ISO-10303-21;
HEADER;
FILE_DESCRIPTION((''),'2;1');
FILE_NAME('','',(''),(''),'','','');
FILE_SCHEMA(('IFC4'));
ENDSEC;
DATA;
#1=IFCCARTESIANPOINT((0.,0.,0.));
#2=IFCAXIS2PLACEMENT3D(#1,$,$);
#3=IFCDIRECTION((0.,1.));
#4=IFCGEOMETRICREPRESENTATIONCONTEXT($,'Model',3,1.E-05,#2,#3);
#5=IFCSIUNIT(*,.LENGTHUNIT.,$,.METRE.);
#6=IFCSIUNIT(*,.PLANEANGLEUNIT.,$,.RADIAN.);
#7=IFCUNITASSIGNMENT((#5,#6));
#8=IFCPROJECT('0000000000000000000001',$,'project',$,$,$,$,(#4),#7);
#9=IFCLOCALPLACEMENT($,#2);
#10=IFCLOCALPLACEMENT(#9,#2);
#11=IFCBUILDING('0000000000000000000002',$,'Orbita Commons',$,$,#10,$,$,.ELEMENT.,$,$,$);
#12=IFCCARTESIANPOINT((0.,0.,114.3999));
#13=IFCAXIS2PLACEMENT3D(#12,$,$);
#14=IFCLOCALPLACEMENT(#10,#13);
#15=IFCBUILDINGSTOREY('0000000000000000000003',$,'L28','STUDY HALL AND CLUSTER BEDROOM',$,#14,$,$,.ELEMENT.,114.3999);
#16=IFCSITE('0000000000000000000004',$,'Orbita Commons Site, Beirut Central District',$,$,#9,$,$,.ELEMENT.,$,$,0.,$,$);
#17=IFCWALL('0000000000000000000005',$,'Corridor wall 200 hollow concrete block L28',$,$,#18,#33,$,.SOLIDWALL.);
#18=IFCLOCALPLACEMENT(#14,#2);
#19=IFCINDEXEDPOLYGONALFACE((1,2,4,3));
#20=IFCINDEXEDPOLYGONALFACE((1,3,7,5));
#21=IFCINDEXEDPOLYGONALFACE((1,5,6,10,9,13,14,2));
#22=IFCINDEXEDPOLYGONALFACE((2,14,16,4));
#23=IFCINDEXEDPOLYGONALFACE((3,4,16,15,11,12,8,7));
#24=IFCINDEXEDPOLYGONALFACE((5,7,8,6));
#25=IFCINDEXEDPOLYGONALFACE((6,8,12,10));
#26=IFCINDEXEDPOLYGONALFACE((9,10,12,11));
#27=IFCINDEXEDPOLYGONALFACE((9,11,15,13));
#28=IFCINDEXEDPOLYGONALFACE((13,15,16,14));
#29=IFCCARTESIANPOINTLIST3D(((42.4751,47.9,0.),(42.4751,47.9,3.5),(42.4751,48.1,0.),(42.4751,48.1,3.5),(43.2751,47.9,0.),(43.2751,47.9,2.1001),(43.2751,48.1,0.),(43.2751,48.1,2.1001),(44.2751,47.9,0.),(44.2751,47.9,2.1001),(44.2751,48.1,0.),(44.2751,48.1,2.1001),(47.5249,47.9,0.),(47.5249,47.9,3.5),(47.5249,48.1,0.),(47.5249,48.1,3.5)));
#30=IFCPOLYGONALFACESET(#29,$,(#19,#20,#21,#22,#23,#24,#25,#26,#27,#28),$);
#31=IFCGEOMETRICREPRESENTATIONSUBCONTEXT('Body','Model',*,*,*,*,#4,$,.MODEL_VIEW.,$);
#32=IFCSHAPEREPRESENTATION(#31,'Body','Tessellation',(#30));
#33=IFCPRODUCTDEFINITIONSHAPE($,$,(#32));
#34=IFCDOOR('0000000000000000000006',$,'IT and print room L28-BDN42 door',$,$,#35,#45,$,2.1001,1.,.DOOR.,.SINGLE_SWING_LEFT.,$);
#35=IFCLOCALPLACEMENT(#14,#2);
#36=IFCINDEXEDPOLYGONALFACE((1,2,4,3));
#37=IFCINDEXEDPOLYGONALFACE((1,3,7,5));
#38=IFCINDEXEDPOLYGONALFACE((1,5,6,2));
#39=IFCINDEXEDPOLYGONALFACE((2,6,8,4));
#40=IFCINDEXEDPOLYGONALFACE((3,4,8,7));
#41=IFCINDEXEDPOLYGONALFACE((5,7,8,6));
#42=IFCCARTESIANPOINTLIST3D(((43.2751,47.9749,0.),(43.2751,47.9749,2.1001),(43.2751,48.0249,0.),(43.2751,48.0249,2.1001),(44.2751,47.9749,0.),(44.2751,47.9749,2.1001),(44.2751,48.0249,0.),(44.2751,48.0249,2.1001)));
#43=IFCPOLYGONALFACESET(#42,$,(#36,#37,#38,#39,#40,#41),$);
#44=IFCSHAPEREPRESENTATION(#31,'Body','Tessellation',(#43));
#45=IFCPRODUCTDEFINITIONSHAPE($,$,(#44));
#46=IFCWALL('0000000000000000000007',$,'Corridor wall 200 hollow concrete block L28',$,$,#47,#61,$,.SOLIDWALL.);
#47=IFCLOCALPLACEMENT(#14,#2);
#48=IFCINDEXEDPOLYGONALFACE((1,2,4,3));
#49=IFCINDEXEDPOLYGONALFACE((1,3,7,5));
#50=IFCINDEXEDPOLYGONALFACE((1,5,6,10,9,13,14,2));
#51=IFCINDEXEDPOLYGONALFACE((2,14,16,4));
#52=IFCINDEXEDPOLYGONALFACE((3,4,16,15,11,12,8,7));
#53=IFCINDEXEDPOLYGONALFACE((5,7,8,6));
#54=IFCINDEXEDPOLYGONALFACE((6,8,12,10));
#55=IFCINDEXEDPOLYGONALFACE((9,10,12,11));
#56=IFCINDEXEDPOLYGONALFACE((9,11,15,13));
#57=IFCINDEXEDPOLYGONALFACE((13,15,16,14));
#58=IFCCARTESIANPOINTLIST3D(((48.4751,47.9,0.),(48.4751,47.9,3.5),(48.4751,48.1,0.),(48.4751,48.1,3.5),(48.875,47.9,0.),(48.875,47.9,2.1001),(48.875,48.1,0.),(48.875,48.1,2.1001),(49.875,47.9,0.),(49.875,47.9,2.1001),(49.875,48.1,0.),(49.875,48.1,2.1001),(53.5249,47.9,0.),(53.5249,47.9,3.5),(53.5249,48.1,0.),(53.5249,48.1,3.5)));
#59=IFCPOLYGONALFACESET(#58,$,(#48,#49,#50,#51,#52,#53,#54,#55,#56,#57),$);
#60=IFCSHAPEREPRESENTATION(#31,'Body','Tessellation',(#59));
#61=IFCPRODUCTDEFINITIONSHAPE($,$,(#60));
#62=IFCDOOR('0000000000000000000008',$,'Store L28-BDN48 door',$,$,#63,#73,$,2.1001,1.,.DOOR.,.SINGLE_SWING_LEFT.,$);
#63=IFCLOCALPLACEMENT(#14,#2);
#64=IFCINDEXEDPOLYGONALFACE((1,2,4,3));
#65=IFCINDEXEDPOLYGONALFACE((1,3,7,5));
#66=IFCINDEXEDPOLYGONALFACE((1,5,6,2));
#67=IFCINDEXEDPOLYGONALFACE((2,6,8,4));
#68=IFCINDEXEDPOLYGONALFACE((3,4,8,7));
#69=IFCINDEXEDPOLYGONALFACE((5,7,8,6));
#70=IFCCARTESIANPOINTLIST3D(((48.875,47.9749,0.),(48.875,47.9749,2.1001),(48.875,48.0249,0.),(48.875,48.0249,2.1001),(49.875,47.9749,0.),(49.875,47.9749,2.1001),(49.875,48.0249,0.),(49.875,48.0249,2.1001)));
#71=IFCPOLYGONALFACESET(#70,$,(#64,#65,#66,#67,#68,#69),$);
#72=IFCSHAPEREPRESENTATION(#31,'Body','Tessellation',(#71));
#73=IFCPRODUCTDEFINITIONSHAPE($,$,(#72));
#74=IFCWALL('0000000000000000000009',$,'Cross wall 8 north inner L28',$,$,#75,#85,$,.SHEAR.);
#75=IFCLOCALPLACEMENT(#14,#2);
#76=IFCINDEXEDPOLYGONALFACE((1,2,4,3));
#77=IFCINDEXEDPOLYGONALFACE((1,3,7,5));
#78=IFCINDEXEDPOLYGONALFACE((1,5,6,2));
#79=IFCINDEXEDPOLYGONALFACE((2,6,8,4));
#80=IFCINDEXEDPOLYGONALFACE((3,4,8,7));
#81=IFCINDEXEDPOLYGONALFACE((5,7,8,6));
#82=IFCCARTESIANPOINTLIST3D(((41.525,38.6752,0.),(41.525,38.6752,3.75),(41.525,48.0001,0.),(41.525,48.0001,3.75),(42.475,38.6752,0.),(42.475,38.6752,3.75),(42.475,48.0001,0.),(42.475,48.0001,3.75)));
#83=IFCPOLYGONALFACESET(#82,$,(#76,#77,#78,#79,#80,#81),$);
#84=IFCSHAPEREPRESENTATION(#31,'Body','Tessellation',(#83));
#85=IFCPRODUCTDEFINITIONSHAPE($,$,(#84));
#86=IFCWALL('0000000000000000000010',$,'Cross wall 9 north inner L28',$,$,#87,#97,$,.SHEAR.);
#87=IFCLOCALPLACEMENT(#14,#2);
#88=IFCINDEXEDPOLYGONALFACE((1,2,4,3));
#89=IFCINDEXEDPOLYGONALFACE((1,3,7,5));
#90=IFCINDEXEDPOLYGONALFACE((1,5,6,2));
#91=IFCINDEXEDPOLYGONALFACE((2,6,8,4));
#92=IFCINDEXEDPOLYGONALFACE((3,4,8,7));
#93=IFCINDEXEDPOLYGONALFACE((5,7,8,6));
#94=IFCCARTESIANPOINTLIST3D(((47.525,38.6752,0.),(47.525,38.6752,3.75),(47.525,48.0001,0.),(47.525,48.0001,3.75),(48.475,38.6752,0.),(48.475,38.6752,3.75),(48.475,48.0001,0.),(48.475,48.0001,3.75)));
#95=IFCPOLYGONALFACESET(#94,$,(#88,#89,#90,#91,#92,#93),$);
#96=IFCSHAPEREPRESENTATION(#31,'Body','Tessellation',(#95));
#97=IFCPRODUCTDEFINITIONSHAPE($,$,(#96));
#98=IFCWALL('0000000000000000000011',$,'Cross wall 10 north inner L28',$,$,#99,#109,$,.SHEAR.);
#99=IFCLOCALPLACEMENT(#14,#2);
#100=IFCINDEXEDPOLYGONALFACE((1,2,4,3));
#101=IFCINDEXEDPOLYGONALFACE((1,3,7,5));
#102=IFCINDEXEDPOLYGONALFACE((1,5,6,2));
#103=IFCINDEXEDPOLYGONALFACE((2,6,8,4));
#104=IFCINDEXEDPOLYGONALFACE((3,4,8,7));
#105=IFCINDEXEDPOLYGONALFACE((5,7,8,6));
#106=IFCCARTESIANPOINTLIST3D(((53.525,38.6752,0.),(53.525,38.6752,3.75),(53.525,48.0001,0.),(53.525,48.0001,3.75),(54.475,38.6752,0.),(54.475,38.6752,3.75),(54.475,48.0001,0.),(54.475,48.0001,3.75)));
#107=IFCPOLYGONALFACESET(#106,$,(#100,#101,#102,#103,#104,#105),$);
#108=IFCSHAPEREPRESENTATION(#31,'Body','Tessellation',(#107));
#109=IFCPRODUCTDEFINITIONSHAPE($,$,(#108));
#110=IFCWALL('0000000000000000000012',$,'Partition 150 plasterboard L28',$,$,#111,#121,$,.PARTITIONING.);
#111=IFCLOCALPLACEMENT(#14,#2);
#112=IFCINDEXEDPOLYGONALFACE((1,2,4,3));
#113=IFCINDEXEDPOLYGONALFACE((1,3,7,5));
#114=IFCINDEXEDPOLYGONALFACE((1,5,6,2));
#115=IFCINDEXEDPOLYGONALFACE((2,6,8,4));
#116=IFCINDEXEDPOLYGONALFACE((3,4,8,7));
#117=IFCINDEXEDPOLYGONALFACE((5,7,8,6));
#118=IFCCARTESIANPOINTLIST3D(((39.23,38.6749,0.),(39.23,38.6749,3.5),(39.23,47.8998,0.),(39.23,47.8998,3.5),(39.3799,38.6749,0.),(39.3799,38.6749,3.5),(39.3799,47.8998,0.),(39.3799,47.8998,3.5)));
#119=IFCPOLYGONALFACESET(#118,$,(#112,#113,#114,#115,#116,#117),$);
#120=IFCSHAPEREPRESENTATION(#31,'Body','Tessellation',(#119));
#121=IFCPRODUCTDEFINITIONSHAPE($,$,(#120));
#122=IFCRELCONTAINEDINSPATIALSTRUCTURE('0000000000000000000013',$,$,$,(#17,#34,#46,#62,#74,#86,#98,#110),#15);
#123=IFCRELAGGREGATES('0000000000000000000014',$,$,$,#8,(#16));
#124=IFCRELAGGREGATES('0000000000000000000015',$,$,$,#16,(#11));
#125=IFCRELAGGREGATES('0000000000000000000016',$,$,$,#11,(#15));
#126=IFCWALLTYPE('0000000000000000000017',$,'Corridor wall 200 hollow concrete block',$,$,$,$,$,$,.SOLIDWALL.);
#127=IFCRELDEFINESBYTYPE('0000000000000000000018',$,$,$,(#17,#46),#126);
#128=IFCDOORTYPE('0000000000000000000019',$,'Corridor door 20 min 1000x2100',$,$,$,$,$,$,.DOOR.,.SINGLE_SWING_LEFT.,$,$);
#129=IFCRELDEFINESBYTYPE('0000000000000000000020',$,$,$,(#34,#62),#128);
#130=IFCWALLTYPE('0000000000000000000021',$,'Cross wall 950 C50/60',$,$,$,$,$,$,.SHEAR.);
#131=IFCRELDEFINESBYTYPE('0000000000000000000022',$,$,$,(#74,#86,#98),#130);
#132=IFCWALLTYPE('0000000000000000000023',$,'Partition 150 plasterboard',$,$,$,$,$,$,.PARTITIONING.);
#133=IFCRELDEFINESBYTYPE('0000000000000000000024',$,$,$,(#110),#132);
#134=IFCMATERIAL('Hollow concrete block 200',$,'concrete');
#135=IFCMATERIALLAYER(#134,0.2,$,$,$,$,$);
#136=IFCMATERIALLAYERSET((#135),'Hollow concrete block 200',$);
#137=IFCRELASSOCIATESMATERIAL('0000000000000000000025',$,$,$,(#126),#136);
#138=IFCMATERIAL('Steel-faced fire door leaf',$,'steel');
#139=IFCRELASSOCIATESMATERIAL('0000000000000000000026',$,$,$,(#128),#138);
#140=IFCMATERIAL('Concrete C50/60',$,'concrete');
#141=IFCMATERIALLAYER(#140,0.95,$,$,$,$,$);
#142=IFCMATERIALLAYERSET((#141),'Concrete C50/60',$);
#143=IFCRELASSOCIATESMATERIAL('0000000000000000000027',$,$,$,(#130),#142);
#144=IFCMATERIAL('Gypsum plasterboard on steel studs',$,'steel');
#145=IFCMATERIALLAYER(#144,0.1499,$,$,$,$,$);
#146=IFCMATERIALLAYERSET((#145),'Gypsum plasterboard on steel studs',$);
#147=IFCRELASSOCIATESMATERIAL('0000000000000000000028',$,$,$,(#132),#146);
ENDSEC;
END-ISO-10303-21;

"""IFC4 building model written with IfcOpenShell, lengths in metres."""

from ifc_helpers import new_model, si_unit, direction, frame, frame_2d, origin, place, context, subcontext, project, spatial, rectangle, extrude, material, layer, layer_set, type_object, element, fill, save


model = new_model("IFC4")

# Units and contexts
model_context = context("Model", 3, precision=1e-05, world=origin(), true_north=direction((0.0, 1.0)))
body_context = subcontext(model_context, "Body", "Model", "MODEL_VIEW")
ifc_project = project(units=[si_unit("LENGTHUNIT", "METRE"), si_unit("PLANEANGLEUNIT", "RADIAN")], contexts=[model_context])

# Site, building, storey
site_placement = place(None, origin())
site = spatial("IfcSite", under=ifc_project, at=site_placement, Name="Orbita Commons Site, Beirut Central District", CompositionType="ELEMENT", RefElevation=0.0)
building_placement = place(site_placement, origin())
building = spatial("IfcBuilding", under=site, at=building_placement, Name="Orbita Commons", CompositionType="ELEMENT")
storey_placement = place(building_placement, frame((0.0, 0.0, 114.3999)))
storey = spatial("IfcBuildingStorey", under=building, at=storey_placement, Name="L28", Description="STUDY HALL AND CLUSTER BEDROOM", CompositionType="ELEMENT", Elevation=114.3999)

# Shared definitions
ifc_material_1 = material(Name="Hollow concrete block 200", Category="concrete")
ifc_layer_1 = layer(ifc_material_1, 0.2)
ifc_layer_set_1 = layer_set([ifc_layer_1], Name="Hollow concrete block 200")
wall_type_1 = type_object("IfcWallType", Name="Corridor wall 200 hollow concrete block", PredefinedType="SOLIDWALL", material=ifc_layer_set_1)

# Walls, openings, doors
wall_1_placement = place(storey_placement, frame((42.4751, 48.0, 0.0), z_axis=(0.0, 0.0, 1.0), x_axis=(1.0, 0.0, 0.0)))
wall_1 = element("IfcWall", 1, at=wall_1_placement, inside=storey, type_object=wall_type_1, Name="Corridor wall 200 hollow concrete block L28", PredefinedType="SOLIDWALL", context=body_context, shape_type="SweptSolid", body=[
    extrude(rectangle(XDim=5.0498, YDim=0.2, at=frame_2d((2.5249, 0.0))), origin(), (0.0, 0.0, 1.0), 3.5),
])
opening_1_placement = place(wall_1_placement, frame((0.8, 0.0, 0.0)))
opening_1 = element("IfcOpeningElement", 2, at=opening_1_placement, cuts=wall_1, PredefinedType="OPENING", context=body_context, shape_type="SweptSolid", body=[
    extrude(rectangle(XDim=1.0, YDim=2.1001, at=frame_2d((0.5, 1.05))), frame((0.0, 0.1099, 0.0), z_axis=(0.0, -1.0, 0.0), x_axis=(1.0, 0.0, 0.0)), (0.0, 0.0, 1.0), 0.22),
])
ifc_material_2 = material(Name="Steel-faced fire door leaf", Category="steel")
door_type_1 = type_object("IfcDoorType", Name="Corridor door 20 min 1000x2100", OperationType="SINGLE_SWING_LEFT", PredefinedType="DOOR", material=ifc_material_2)
door_1_placement = place(opening_1_placement, origin())
door_1 = element("IfcDoor", 3, at=door_1_placement, inside=storey, type_object=door_type_1, Name="IT and print room L28-BDN42 door", OperationType="SINGLE_SWING_LEFT", OverallHeight=2.1001, OverallWidth=1.0, PredefinedType="DOOR", context=body_context, shape_type="SweptSolid", body=[
    extrude(rectangle(XDim=1.0, YDim=2.1001, at=frame_2d((0.5, 1.05))), frame((0.0, 0.0249, 0.0), z_axis=(0.0, -1.0, 0.0), x_axis=(1.0, 0.0, 0.0)), (0.0, 0.0, 1.0), 0.05),
])
fill(opening_1, door_1)
wall_2_placement = place(storey_placement, frame((48.4751, 48.0, 0.0), z_axis=(0.0, 0.0, 1.0), x_axis=(1.0, 0.0, 0.0)))
wall_2 = element("IfcWall", 4, at=wall_2_placement, inside=storey, type_object=wall_type_1, Name="Corridor wall 200 hollow concrete block L28", PredefinedType="SOLIDWALL", context=body_context, shape_type="SweptSolid", body=[
    extrude(rectangle(XDim=5.0498, YDim=0.2, at=frame_2d((2.5249, 0.0))), origin(), (0.0, 0.0, 1.0), 3.5),
])
opening_2_placement = place(wall_2_placement, frame((0.3999, 0.0, 0.0)))
opening_2 = element("IfcOpeningElement", 5, at=opening_2_placement, cuts=wall_2, PredefinedType="OPENING", context=body_context, shape_type="SweptSolid", body=[
    extrude(rectangle(XDim=1.0, YDim=2.1001, at=frame_2d((0.5, 1.05))), frame((0.0, 0.1099, 0.0), z_axis=(0.0, -1.0, 0.0), x_axis=(1.0, 0.0, 0.0)), (0.0, 0.0, 1.0), 0.22),
])
door_2_placement = place(opening_2_placement, origin())
door_2 = element("IfcDoor", 6, at=door_2_placement, inside=storey, type_object=door_type_1, Name="Store L28-BDN48 door", OperationType="SINGLE_SWING_LEFT", OverallHeight=2.1001, OverallWidth=1.0, PredefinedType="DOOR", context=body_context, shape_type="SweptSolid", body=[
    extrude(rectangle(XDim=1.0, YDim=2.1001, at=frame_2d((0.5, 1.05))), frame((0.0, 0.0249, 0.0), z_axis=(0.0, -1.0, 0.0), x_axis=(1.0, 0.0, 0.0)), (0.0, 0.0, 1.0), 0.05),
])
fill(opening_2, door_2)

# Walls
ifc_material_3 = material(Name="Concrete C50/60", Category="concrete")
ifc_layer_2 = layer(ifc_material_3, 0.95)
ifc_layer_set_2 = layer_set([ifc_layer_2], Name="Concrete C50/60")
wall_type_2 = type_object("IfcWallType", Name="Cross wall 950 C50/60", PredefinedType="SHEAR", material=ifc_layer_set_2)
for number, where, z_axis, x_axis, name in (
    (7, (42.0, 38.675, 0.0), (0.0, 0.0, 1.0), (0.0, 1.0, 0.0), "Cross wall 8 north inner L28"),
    (8, (48.0, 38.675, 0.0), (0.0, 0.0, 1.0), (0.0, 1.0, 0.0), "Cross wall 9 north inner L28"),
    (9, (54.0, 38.675, 0.0), (0.0, 0.0, 1.0), (0.0, 1.0, 0.0), "Cross wall 10 north inner L28"),
):
    element("IfcWall", number, at=place(storey_placement, frame(where, z_axis=z_axis, x_axis=x_axis)), inside=storey, type_object=wall_type_2, Name=name, PredefinedType="SHEAR", context=body_context, shape_type="SweptSolid", body=[
        extrude(rectangle(XDim=9.325, YDim=0.95, at=frame_2d((4.6626, 0.0))), origin(), (0.0, 0.0, 1.0), 3.75),
    ])
ifc_material_4 = material(Name="Gypsum plasterboard on steel studs", Category="steel")
ifc_layer_3 = layer(ifc_material_4, 0.1499)
ifc_layer_set_3 = layer_set([ifc_layer_3], Name="Gypsum plasterboard on steel studs")
wall_type_3 = type_object("IfcWallType", Name="Partition 150 plasterboard", PredefinedType="PARTITIONING", material=ifc_layer_set_3)
wall_3_placement = place(storey_placement, frame((39.3049, 38.675, 0.0), z_axis=(0.0, 0.0, 1.0), x_axis=(0.0, 1.0, 0.0)))
element("IfcWall", 10, at=wall_3_placement, inside=storey, type_object=wall_type_3, Name="Partition 150 plasterboard L28", PredefinedType="PARTITIONING", context=body_context, shape_type="SweptSolid", body=[
    extrude(rectangle(XDim=9.2249, YDim=0.1499, at=frame_2d((4.6123, 0.0))), origin(), (0.0, 0.0, 1.0), 3.5),
])

save(model, "model.ifc")
